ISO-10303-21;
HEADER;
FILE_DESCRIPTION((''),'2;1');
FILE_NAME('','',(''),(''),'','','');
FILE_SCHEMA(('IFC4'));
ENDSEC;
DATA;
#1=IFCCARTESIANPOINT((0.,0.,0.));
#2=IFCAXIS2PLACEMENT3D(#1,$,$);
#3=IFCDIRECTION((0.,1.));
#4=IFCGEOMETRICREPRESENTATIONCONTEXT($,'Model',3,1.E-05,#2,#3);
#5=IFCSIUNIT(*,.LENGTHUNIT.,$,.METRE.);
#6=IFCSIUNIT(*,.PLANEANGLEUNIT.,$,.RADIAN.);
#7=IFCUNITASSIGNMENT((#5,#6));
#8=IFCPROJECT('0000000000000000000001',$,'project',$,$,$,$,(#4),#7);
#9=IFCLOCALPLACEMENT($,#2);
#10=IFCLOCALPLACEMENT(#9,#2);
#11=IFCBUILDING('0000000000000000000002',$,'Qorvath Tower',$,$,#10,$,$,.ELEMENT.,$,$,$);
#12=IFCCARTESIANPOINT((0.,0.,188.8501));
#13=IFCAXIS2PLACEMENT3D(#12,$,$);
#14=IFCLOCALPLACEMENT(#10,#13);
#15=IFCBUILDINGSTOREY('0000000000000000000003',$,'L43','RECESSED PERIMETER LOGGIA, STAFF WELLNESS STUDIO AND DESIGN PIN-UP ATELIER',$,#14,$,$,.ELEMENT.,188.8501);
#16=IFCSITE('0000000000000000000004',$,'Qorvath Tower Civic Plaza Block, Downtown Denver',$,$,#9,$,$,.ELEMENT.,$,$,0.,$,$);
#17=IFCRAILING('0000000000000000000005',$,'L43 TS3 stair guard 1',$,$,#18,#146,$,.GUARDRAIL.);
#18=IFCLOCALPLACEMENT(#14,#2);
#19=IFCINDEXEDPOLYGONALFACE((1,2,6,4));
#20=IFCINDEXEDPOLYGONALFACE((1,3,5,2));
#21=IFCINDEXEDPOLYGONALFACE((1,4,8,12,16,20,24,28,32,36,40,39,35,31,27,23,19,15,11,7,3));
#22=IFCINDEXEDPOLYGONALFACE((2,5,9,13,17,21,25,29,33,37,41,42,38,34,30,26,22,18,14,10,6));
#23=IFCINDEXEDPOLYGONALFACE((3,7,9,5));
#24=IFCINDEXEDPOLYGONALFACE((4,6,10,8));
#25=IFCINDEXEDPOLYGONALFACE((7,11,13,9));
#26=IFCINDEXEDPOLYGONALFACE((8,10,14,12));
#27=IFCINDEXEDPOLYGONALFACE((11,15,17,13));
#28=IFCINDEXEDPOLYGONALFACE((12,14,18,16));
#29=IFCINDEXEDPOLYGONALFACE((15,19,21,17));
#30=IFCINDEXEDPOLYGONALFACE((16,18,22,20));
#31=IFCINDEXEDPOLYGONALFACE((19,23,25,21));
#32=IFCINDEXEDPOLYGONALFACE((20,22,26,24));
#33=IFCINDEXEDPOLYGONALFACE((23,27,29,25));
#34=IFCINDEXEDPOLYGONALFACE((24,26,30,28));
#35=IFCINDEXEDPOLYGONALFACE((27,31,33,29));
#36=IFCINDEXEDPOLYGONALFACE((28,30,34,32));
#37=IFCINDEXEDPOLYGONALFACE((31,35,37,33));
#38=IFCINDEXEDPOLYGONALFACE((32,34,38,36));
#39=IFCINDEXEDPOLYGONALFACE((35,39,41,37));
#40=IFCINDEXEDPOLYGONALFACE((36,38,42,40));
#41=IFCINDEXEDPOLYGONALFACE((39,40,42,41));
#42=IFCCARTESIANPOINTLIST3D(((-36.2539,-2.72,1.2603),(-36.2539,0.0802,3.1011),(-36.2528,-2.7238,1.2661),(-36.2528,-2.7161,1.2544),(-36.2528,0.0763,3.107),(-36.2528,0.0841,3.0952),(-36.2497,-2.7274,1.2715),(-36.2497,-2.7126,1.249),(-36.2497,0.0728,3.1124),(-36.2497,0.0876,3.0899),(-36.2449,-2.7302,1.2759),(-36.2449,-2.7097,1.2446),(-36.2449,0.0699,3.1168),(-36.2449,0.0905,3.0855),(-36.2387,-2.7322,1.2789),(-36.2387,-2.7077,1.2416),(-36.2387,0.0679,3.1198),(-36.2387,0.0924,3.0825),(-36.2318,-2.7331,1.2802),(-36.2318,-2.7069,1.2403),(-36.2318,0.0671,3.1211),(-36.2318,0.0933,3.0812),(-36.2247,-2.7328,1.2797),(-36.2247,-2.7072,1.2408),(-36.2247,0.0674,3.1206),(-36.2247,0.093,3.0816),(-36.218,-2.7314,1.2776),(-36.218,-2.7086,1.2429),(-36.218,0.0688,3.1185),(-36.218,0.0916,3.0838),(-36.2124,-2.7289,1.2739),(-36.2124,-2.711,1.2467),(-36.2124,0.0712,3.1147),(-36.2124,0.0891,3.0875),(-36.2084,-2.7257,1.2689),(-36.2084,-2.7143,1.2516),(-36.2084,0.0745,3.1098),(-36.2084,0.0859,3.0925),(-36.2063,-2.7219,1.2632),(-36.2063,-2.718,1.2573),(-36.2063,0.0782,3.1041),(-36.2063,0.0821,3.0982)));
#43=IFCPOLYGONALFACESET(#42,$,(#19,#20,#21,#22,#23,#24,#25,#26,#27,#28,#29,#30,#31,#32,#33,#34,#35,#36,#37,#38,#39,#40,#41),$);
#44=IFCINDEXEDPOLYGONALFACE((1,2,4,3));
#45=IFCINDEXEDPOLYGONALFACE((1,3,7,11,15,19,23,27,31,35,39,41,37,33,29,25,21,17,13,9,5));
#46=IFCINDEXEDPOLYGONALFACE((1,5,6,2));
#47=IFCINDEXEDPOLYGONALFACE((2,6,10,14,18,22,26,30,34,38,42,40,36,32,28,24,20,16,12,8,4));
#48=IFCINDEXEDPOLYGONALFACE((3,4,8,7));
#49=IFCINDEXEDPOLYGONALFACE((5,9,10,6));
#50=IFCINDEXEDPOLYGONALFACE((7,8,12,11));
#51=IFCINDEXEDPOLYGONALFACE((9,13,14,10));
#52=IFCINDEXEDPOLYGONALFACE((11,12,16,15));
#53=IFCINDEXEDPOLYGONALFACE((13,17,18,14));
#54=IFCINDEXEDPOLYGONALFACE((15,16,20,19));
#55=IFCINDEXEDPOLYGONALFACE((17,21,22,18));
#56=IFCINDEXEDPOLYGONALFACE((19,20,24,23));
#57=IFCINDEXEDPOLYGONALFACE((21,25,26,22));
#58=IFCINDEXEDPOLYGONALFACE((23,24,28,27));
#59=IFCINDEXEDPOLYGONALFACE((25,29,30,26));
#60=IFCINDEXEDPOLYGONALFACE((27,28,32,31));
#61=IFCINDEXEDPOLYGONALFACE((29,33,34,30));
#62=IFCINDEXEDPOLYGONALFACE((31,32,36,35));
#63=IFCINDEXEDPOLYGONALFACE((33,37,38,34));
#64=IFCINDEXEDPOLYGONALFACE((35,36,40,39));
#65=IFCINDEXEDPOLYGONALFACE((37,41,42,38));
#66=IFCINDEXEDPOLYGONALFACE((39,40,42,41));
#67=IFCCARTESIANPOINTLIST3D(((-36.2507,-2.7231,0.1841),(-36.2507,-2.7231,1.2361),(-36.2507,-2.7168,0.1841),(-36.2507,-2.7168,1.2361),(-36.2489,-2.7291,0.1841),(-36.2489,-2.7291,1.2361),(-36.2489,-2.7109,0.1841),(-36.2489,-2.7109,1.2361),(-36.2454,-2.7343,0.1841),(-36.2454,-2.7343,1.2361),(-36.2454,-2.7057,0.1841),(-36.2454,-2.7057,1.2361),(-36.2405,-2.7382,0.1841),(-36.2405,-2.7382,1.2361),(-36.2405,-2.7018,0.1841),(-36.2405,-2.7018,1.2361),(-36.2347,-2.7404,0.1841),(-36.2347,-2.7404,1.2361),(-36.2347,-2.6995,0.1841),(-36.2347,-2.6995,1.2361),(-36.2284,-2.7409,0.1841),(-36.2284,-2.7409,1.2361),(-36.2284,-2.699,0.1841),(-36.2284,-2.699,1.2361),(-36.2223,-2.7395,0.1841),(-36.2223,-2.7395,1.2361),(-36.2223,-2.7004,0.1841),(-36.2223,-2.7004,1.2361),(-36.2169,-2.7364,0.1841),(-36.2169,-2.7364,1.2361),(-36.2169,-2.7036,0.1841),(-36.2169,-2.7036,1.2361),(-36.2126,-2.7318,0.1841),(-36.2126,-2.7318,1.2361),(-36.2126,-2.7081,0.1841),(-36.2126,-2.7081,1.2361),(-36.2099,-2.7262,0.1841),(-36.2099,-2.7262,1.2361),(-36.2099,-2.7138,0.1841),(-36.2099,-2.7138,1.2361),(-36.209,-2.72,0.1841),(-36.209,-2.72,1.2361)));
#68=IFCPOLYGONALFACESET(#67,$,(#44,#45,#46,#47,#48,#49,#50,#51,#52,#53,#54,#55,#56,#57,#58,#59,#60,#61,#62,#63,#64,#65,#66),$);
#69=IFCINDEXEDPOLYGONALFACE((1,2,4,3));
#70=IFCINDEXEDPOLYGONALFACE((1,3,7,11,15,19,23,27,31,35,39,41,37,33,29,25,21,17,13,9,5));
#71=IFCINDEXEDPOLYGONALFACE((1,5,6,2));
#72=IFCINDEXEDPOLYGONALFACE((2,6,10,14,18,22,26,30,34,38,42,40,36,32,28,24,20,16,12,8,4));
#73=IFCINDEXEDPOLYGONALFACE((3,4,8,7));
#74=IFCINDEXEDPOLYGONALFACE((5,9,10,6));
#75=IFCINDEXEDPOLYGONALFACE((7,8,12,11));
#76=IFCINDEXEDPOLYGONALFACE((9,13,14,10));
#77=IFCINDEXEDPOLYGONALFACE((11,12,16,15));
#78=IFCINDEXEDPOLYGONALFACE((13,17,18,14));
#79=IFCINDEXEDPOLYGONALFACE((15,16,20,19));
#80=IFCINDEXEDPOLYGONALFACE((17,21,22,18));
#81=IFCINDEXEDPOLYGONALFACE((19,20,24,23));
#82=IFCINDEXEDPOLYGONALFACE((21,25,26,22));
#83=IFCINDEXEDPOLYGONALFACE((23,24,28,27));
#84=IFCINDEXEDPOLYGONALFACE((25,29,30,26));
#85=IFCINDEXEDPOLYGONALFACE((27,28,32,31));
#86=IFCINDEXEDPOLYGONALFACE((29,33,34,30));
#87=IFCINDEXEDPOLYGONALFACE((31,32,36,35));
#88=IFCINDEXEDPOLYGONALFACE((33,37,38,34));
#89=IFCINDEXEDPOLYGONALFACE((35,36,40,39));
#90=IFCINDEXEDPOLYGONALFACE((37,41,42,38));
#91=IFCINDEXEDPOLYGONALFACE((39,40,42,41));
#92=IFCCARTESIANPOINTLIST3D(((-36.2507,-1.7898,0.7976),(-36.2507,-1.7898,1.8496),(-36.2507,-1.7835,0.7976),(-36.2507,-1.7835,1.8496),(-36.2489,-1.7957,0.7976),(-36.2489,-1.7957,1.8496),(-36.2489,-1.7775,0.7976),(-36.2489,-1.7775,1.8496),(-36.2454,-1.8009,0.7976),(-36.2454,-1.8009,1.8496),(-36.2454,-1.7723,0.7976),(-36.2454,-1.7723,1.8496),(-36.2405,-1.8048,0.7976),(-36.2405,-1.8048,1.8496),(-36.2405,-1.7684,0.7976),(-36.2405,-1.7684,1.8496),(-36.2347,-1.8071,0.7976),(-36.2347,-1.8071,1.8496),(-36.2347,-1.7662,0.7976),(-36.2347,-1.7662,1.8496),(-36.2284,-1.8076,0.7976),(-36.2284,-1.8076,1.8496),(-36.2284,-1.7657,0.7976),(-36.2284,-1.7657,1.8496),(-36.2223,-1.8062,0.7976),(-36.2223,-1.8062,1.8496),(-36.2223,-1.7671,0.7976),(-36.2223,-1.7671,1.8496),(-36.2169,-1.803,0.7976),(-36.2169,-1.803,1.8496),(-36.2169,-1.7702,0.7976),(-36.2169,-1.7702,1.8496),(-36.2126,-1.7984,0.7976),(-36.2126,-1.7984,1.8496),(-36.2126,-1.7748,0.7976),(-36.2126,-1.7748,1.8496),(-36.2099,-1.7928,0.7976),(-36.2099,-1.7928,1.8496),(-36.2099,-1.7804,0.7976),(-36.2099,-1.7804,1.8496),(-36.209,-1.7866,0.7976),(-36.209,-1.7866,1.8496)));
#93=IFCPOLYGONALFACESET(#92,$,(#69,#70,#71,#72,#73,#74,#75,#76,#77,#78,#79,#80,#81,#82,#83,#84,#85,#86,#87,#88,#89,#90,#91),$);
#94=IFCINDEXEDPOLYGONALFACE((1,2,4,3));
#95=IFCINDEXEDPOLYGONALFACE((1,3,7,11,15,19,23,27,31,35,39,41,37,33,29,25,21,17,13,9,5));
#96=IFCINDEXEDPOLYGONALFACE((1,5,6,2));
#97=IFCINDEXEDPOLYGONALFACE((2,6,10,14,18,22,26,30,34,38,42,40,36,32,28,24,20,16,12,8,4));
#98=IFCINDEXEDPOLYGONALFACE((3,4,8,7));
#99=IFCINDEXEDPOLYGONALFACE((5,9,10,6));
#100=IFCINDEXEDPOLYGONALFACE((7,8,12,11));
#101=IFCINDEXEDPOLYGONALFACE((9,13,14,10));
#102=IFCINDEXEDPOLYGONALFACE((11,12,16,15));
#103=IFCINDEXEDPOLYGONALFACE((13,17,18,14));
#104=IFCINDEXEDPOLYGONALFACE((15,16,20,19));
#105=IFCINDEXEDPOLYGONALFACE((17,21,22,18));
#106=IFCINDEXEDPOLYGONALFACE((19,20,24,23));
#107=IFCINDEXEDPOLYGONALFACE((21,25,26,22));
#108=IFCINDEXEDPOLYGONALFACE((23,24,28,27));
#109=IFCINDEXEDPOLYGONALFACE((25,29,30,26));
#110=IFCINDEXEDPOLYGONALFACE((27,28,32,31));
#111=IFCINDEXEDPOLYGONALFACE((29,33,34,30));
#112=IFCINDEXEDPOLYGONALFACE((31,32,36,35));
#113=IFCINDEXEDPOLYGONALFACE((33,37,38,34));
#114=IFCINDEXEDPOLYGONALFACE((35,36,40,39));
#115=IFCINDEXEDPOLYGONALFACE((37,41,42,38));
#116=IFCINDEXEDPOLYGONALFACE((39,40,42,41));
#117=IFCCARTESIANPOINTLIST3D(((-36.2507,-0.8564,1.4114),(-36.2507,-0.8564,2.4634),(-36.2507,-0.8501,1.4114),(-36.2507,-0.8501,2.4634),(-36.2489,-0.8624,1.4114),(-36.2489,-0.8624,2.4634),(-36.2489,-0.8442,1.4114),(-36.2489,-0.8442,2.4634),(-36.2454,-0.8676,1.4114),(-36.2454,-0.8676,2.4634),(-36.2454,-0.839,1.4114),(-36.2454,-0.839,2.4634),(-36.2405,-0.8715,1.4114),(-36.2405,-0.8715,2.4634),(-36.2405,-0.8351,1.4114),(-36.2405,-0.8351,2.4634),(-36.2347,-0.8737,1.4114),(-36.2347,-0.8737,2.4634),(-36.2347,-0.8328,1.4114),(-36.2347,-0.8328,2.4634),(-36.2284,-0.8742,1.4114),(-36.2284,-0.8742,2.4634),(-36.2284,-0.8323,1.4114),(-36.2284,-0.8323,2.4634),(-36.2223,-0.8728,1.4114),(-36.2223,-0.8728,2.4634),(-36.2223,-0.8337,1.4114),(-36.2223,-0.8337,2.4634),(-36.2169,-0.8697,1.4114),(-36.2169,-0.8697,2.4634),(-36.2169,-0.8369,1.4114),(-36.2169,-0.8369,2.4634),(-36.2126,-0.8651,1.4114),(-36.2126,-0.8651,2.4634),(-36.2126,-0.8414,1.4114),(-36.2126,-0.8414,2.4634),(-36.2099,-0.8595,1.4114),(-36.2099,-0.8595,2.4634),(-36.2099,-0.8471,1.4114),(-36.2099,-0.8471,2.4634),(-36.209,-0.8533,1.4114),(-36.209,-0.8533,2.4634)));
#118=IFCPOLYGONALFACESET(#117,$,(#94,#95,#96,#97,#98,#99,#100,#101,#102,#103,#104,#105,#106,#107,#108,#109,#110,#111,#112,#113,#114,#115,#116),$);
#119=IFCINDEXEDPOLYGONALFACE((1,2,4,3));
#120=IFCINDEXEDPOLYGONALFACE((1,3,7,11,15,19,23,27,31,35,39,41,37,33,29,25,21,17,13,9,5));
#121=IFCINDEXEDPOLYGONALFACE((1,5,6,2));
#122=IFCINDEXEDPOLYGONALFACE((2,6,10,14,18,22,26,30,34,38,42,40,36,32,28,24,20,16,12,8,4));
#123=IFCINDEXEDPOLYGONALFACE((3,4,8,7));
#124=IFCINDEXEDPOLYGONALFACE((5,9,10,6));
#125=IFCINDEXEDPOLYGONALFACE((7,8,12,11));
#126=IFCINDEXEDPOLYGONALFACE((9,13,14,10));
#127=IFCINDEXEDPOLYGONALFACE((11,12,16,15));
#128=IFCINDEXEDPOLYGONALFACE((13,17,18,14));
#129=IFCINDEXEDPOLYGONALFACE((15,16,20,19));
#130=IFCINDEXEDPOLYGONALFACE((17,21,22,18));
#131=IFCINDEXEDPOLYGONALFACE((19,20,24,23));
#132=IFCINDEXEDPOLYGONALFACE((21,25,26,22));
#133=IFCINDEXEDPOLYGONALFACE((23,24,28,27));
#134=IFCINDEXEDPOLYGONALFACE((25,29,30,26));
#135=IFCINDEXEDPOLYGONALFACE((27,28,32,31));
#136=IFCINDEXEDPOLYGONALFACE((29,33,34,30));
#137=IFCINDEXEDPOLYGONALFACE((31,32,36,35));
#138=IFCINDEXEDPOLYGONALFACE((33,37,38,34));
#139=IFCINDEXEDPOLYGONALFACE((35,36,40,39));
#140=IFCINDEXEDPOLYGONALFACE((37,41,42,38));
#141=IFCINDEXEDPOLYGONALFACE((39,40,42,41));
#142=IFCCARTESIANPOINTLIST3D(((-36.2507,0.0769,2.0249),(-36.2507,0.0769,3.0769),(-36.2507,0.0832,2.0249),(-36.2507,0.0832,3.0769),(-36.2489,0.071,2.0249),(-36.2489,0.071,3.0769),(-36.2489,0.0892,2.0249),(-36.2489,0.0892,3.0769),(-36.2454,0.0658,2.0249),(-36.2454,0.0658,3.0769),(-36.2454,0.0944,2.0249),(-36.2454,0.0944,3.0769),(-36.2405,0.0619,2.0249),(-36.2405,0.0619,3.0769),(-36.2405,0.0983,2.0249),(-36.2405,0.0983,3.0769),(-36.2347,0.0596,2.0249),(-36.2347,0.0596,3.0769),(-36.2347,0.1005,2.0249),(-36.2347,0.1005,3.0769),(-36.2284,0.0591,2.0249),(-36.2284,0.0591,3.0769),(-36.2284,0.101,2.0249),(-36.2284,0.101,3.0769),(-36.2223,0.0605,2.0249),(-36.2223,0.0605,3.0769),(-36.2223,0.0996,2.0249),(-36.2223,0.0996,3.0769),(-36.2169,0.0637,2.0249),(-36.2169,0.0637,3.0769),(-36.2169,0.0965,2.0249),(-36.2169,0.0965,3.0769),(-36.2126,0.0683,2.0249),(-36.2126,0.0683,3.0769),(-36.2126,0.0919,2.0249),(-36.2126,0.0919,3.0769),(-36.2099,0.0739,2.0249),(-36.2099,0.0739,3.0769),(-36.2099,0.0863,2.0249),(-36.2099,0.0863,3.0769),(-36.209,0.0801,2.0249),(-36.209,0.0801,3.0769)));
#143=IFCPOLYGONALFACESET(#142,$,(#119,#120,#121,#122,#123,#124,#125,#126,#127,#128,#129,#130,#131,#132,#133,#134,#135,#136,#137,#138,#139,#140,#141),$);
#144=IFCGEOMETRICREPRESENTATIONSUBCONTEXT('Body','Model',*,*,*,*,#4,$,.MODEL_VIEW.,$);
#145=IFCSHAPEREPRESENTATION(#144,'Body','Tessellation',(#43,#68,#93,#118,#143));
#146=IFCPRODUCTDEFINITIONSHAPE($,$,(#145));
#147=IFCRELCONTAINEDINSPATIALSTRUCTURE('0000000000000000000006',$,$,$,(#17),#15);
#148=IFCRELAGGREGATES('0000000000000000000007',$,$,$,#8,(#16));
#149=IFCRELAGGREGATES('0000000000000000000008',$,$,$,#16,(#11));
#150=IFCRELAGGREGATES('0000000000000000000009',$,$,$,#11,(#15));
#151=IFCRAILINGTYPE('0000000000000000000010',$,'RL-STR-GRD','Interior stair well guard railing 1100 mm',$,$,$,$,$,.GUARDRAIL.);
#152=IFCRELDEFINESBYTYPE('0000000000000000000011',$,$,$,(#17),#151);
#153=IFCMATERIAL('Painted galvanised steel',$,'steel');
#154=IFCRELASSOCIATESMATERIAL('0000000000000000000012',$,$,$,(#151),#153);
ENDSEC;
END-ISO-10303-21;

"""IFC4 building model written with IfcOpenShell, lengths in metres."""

from ifc_helpers import new_model, si_unit, direction, frame, origin, origin_2d, place, context, subcontext, project, spatial, circle, extrude, material, type_object, element, save


model = new_model("IFC4")

# Units and contexts
model_context = context("Model", 3, precision=1e-05, world=origin(), true_north=direction((0.0, 1.0)))
body_context = subcontext(model_context, "Body", "Model", "MODEL_VIEW")
ifc_project = project(units=[si_unit("LENGTHUNIT", "METRE"), si_unit("PLANEANGLEUNIT", "RADIAN")], contexts=[model_context])

# Site, building, storey
site_placement = place(None, origin())
site = spatial("IfcSite", under=ifc_project, at=site_placement, Name="Qorvath Tower Civic Plaza Block, Downtown Denver", CompositionType="ELEMENT", RefElevation=0.0)
building_placement = place(site_placement, origin())
building = spatial("IfcBuilding", under=site, at=building_placement, Name="Qorvath Tower", CompositionType="ELEMENT")
storey_placement = place(building_placement, frame((0.0, 0.0, 188.8501)))
storey = spatial("IfcBuildingStorey", under=building, at=storey_placement, Name="L43", Description="RECESSED PERIMETER LOGGIA, STAFF WELLNESS STUDIO AND DESIGN PIN-UP ATELIER", CompositionType="ELEMENT", Elevation=188.8501)

# Railing
ifc_material_1 = material(Name="Painted galvanised steel", Category="steel")
railing_type_1 = type_object("IfcRailingType", Name="RL-STR-GRD", Description="Interior stair well guard railing 1100 mm", PredefinedType="GUARDRAIL", material=ifc_material_1)
railing_1_placement = place(storey_placement, frame((-36.23, -2.72, 0.1841)))
element("IfcRailing", 1, at=railing_1_placement, inside=storey, type_object=railing_type_1, Name="L43 TS3 stair guard 1", PredefinedType="GUARDRAIL", context=body_context, shape_type="SweptSolid", body=[
    extrude(circle(Radius=0.0239, at=origin_2d()), frame((0.0, 0.0, 1.0762), z_axis=(0.0, 0.835598, 0.549342), x_axis=(-1.0, 0.0, 0.0)), (0.0, 0.0, 1.0), 3.3511),
    extrude(circle(Radius=0.021, at=origin_2d()), origin(), (0.0, 0.0, 1.0), 1.052),
    extrude(circle(Radius=0.021, at=origin_2d()), frame((0.0, 0.9333, 0.6135)), (0.0, 0.0, 1.0), 1.052),
    extrude(circle(Radius=0.021, at=origin_2d()), frame((0.0, 1.8667, 1.2273)), (0.0, 0.0, 1.0), 1.052),
    extrude(circle(Radius=0.021, at=origin_2d()), frame((0.0, 2.8, 1.8408)), (0.0, 0.0, 1.0), 1.052),
])

save(model, "model.ifc")
